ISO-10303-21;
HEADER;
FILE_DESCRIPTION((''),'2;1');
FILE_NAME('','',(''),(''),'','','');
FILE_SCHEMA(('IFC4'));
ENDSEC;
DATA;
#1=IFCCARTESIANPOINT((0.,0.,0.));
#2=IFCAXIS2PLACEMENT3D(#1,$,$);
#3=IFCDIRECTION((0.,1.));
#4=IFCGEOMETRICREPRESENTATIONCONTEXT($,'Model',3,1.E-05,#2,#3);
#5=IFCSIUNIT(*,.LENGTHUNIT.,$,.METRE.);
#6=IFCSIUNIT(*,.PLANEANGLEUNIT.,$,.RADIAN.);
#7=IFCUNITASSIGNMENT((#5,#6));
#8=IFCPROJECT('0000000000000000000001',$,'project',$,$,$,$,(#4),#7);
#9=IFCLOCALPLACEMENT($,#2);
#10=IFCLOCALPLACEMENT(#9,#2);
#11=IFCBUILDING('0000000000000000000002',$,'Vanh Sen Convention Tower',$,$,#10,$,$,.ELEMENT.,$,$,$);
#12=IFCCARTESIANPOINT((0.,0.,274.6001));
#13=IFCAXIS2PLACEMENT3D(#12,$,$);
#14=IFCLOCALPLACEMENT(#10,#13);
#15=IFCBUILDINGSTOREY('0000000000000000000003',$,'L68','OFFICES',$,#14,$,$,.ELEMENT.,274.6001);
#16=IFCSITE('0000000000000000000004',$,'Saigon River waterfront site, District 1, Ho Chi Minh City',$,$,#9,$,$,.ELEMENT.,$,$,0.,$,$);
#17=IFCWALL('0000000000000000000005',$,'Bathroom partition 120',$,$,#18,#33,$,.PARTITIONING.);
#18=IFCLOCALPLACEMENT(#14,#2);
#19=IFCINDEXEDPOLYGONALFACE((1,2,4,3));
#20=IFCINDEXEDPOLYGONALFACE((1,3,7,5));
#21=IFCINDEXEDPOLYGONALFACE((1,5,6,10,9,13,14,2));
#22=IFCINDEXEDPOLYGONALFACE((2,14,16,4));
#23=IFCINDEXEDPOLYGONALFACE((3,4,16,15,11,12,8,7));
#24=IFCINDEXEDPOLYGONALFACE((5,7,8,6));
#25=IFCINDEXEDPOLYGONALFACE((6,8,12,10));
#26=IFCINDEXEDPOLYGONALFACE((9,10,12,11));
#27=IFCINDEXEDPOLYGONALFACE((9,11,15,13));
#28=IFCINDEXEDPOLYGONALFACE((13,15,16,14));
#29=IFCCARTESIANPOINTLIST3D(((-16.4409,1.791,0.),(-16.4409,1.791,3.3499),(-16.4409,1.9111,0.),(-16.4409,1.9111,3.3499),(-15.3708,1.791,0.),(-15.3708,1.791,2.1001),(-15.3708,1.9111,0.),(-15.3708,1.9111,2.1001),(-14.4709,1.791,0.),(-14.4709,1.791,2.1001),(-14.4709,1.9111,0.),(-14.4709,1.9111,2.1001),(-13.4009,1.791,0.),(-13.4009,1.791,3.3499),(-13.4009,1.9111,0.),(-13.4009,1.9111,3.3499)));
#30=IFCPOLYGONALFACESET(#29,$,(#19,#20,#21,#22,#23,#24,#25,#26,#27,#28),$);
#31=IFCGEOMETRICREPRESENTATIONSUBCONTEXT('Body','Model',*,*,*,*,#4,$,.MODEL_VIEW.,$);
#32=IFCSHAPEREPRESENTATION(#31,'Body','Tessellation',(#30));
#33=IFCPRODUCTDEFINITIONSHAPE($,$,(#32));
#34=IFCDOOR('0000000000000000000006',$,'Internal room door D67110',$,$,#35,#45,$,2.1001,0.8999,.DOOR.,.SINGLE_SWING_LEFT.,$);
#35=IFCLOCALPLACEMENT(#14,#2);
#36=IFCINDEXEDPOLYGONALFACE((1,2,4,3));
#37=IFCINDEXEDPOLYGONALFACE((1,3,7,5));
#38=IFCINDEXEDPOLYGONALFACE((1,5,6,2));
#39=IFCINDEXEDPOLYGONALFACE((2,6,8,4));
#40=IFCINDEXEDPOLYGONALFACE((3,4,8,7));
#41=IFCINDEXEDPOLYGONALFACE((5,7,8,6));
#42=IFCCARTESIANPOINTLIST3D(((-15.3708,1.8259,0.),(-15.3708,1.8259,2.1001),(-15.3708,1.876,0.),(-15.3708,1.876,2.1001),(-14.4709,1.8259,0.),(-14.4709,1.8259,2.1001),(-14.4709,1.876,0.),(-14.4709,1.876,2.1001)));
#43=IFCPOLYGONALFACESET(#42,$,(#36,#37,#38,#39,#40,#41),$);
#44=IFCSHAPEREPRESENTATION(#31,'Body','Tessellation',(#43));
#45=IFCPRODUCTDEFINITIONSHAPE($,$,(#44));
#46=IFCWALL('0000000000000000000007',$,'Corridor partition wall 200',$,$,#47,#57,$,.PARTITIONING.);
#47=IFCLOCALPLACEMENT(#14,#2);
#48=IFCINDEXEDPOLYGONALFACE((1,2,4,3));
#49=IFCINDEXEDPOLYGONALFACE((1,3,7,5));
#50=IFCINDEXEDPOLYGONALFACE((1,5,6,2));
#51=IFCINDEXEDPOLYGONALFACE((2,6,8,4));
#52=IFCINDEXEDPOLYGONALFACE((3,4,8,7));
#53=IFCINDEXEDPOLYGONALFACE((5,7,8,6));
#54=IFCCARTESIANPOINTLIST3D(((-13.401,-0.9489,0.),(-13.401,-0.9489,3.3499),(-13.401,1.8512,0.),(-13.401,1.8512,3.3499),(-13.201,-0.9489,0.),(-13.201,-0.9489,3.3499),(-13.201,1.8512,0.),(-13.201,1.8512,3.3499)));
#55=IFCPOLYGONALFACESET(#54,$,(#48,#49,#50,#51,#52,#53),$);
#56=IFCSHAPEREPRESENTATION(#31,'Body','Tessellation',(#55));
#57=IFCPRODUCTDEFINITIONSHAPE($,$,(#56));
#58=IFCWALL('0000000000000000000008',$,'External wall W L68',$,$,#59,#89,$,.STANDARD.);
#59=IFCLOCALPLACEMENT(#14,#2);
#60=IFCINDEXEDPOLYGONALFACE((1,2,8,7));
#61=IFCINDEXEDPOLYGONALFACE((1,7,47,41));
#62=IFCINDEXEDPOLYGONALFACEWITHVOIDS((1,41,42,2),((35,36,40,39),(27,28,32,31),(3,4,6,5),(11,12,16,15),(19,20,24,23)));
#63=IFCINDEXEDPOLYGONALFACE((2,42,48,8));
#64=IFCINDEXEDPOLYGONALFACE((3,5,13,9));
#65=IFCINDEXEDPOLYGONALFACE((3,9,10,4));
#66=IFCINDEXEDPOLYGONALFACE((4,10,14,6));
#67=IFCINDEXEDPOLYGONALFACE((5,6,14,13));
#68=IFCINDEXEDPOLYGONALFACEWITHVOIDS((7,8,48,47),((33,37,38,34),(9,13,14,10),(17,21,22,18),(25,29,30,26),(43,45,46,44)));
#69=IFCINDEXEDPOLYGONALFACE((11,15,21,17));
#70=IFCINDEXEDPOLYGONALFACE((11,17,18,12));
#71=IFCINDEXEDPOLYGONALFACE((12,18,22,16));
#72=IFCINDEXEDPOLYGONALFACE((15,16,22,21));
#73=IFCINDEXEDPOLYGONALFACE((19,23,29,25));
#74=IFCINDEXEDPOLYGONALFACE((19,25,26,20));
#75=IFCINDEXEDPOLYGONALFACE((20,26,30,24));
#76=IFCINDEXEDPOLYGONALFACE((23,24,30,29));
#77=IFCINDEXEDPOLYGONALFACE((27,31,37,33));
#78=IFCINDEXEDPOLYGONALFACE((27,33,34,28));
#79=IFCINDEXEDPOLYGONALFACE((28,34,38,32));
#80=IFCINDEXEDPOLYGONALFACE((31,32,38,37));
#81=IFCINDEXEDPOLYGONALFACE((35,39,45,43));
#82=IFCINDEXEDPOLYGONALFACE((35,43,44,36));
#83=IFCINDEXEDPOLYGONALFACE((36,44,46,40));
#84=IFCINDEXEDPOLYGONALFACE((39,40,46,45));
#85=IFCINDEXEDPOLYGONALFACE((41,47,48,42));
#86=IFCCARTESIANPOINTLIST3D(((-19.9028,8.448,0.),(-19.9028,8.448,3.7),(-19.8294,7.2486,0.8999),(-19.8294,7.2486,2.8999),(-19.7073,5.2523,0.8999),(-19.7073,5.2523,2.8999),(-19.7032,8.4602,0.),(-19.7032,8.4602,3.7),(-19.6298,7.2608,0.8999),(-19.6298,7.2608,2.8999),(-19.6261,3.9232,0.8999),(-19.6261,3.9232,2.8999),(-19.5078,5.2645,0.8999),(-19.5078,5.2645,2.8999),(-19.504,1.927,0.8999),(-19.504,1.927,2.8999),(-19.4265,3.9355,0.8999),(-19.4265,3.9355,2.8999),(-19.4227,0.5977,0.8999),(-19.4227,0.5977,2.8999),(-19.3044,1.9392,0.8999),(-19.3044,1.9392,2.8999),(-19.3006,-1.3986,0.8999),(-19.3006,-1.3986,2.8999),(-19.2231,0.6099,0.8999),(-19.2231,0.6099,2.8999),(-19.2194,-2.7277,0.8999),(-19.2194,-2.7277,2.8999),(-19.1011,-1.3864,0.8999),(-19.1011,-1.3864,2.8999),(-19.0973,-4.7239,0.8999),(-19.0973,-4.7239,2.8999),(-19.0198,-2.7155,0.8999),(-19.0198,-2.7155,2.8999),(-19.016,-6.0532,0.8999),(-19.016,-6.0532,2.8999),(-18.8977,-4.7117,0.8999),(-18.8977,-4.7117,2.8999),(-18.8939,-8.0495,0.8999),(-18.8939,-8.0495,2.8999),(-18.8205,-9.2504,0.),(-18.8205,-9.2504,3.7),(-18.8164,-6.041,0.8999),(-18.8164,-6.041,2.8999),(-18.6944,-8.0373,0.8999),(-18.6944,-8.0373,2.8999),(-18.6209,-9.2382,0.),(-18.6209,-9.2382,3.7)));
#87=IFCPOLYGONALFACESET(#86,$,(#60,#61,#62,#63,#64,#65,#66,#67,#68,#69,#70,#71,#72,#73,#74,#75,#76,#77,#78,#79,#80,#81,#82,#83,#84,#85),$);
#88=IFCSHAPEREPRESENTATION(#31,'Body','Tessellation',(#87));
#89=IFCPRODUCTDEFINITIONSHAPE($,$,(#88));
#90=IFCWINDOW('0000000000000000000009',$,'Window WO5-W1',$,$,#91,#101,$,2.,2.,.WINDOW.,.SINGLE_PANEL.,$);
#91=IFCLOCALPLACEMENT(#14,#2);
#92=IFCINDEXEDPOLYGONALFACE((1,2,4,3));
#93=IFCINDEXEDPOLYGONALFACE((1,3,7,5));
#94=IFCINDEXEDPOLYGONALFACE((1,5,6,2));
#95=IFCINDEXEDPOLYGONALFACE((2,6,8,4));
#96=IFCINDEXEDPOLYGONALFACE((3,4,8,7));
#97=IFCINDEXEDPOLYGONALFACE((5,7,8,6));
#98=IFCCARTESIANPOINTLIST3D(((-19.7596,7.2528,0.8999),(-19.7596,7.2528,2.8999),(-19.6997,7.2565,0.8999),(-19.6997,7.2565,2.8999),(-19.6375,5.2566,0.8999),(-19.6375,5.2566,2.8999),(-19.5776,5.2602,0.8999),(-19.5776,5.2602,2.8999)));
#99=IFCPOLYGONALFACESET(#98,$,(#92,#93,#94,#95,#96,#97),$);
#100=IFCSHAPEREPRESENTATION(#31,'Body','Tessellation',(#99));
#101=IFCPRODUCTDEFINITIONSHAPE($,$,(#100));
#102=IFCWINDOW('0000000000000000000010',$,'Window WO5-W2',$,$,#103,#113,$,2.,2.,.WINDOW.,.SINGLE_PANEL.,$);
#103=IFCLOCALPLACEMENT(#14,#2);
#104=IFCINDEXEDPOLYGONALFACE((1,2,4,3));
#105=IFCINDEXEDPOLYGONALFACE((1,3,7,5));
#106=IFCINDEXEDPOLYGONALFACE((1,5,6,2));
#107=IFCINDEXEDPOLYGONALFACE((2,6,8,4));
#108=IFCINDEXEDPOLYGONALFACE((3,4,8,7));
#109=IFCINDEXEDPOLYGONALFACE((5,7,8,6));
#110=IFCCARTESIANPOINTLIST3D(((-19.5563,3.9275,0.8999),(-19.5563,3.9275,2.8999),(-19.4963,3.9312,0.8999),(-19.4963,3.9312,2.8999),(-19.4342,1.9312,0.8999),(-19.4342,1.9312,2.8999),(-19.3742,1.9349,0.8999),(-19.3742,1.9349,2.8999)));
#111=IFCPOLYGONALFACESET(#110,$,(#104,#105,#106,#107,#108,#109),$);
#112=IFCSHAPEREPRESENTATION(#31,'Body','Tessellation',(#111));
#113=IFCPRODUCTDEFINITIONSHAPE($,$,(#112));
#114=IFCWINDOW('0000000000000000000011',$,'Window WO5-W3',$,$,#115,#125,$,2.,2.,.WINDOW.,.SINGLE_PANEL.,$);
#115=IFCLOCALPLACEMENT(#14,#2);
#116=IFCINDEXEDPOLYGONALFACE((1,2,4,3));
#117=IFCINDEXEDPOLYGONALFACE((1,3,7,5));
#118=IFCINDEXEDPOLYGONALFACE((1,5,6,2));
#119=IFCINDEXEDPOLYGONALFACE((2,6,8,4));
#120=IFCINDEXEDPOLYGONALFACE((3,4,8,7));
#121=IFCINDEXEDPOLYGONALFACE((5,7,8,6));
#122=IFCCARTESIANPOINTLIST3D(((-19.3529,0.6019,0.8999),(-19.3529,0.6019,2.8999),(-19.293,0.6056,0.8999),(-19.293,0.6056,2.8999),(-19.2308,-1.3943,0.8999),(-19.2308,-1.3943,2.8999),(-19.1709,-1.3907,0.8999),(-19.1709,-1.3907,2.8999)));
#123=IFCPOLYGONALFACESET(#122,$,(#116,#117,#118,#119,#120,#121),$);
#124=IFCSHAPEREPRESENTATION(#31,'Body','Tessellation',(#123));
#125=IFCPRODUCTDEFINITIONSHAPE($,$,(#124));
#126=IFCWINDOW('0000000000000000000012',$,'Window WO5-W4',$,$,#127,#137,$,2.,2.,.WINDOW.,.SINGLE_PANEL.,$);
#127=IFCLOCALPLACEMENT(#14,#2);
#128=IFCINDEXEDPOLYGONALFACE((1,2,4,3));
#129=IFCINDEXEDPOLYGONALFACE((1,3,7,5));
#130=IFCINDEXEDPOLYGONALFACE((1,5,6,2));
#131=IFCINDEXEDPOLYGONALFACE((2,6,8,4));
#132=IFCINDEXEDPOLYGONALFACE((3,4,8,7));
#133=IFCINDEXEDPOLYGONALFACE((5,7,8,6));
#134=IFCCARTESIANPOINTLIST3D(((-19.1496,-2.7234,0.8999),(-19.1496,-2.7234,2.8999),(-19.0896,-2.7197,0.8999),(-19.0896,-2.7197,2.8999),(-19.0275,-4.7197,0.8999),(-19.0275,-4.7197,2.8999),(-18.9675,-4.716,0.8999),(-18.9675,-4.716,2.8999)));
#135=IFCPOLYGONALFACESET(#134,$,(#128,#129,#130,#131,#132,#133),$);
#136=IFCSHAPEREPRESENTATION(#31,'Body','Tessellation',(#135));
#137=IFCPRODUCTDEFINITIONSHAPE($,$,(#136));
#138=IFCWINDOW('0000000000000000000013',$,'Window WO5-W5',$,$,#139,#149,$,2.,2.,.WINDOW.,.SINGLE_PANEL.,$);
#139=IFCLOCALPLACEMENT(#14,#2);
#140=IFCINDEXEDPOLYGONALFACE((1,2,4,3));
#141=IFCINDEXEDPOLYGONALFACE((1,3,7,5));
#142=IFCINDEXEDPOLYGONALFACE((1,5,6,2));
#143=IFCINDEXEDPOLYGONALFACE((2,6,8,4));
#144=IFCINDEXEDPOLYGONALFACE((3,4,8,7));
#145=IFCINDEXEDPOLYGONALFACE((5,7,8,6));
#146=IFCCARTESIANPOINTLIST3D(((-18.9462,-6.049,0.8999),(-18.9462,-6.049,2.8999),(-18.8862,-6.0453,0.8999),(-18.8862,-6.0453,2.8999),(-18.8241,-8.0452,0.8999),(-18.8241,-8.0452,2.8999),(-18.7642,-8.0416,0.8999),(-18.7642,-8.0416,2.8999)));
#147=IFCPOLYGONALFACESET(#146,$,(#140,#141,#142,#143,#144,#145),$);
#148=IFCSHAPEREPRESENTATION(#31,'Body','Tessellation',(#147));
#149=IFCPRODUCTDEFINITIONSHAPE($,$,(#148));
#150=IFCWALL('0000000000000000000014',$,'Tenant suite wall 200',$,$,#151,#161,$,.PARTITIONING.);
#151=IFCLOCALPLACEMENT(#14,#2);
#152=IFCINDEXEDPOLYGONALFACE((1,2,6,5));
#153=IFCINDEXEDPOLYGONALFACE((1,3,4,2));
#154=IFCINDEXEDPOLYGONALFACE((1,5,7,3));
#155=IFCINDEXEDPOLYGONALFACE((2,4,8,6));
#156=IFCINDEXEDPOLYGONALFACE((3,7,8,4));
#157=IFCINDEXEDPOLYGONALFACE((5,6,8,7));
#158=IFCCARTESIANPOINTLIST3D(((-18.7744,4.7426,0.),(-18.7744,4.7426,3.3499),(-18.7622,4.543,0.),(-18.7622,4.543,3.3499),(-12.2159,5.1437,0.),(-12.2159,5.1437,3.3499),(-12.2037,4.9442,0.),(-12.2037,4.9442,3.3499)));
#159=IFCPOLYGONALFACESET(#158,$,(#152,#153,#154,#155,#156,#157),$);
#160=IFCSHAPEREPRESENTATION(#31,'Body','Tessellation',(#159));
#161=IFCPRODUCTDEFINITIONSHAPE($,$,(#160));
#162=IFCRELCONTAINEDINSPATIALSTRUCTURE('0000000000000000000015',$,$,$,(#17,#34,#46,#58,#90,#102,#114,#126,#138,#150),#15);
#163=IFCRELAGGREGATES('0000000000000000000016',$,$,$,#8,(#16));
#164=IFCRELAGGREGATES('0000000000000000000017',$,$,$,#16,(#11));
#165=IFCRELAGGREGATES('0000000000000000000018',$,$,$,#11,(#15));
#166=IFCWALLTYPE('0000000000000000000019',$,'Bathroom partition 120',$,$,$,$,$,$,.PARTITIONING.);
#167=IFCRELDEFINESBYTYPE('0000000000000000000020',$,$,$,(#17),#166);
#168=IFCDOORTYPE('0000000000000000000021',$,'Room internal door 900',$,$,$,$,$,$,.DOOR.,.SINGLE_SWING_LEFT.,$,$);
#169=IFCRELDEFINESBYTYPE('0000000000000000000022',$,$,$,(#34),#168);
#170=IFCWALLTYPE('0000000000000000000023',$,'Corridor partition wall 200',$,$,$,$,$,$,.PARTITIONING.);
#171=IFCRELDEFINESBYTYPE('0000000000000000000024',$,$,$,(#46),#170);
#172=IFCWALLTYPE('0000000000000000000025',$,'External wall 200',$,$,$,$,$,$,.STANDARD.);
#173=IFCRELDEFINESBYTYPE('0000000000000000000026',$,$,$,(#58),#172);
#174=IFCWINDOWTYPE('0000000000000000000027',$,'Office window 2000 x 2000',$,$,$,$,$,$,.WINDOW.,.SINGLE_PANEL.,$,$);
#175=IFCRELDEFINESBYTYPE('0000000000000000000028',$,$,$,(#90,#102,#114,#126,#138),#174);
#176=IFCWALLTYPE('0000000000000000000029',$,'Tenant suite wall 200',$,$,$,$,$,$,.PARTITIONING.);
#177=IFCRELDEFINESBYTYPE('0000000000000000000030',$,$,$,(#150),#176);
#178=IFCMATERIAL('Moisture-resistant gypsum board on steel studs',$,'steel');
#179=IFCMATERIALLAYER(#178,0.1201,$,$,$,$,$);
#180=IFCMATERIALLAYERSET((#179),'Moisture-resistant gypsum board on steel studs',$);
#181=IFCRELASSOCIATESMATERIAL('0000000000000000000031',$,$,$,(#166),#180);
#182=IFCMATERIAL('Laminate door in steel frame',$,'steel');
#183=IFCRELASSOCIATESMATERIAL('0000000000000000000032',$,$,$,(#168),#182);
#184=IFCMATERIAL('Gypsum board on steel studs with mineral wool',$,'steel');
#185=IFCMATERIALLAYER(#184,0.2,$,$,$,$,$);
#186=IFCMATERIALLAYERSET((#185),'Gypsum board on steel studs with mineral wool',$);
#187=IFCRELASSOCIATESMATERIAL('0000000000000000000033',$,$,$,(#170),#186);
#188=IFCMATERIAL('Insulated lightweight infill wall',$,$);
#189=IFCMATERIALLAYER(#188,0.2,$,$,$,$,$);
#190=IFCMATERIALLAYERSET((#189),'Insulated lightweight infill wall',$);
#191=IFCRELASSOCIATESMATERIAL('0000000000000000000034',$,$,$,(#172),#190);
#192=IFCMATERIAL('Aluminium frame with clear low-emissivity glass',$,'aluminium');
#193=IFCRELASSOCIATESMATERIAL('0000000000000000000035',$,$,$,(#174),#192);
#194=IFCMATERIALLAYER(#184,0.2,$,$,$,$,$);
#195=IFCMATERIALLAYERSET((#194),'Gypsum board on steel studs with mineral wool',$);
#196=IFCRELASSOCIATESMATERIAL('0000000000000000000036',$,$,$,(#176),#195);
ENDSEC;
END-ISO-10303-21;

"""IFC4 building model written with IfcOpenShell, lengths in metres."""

from ifc_helpers import new_model, si_unit, direction, frame, frame_2d, origin, place, context, subcontext, project, spatial, rectangle, extrude, material, layer, layer_set, type_object, element, fill, save


model = new_model("IFC4")

# Units and contexts
model_context = context("Model", 3, precision=1e-05, world=origin(), true_north=direction((0.0, 1.0)))
body_context = subcontext(model_context, "Body", "Model", "MODEL_VIEW")
ifc_project = project(units=[si_unit("LENGTHUNIT", "METRE"), si_unit("PLANEANGLEUNIT", "RADIAN")], contexts=[model_context])

# Site, building, storey
site_placement = place(None, origin())
site = spatial("IfcSite", under=ifc_project, at=site_placement, Name="Saigon River waterfront site, District 1, Ho Chi Minh City", CompositionType="ELEMENT", RefElevation=0.0)
building_placement = place(site_placement, origin())
building = spatial("IfcBuilding", under=site, at=building_placement, Name="Vanh Sen Convention Tower", CompositionType="ELEMENT")
storey_placement = place(building_placement, frame((0.0, 0.0, 274.6001)))
storey = spatial("IfcBuildingStorey", under=building, at=storey_placement, Name="L68", Description="OFFICES", CompositionType="ELEMENT", Elevation=274.6001)

# Wall, opening, door
ifc_material_1 = material(Name="Moisture-resistant gypsum board on steel studs", Category="steel")
ifc_layer_1 = layer(ifc_material_1, 0.1201)
ifc_layer_set_1 = layer_set([ifc_layer_1], Name="Moisture-resistant gypsum board on steel studs")
wall_type_1 = type_object("IfcWallType", Name="Bathroom partition 120", PredefinedType="PARTITIONING", material=ifc_layer_set_1)
wall_1_placement = place(storey_placement, frame((-16.4409, 1.8511, 0.0), z_axis=(0.0, 0.0, 1.0), x_axis=(1.0, 0.0, 0.0)))
wall_1 = element("IfcWall", 1, at=wall_1_placement, inside=storey, type_object=wall_type_1, Name="Bathroom partition 120", PredefinedType="PARTITIONING", context=body_context, shape_type="SweptSolid", body=[
    extrude(rectangle(XDim=3.04, YDim=0.1201, at=frame_2d((1.52, 0.0))), origin(), (0.0, 0.0, 1.0), 3.3499),
])
opening_1_placement = place(wall_1_placement, frame((1.0701, 0.0, 0.0)))
opening_1 = element("IfcOpeningElement", 2, at=opening_1_placement, cuts=wall_1, PredefinedType="OPENING", context=body_context, shape_type="SweptSolid", body=[
    extrude(rectangle(XDim=0.8999, YDim=2.1001, at=frame_2d((0.45, 1.05))), frame((0.0, 0.0701, 0.0), z_axis=(0.0, -1.0, 0.0), x_axis=(1.0, 0.0, 0.0)), (0.0, 0.0, 1.0), 0.1401),
])
ifc_material_2 = material(Name="Laminate door in steel frame", Category="steel")
door_type = type_object("IfcDoorType", Name="Room internal door 900", OperationType="SINGLE_SWING_LEFT", PredefinedType="DOOR", material=ifc_material_2)
door_placement = place(opening_1_placement, origin())
door = element("IfcDoor", 3, at=door_placement, inside=storey, type_object=door_type, Name="Internal room door D67110", OperationType="SINGLE_SWING_LEFT", OverallHeight=2.1001, OverallWidth=0.8999, PredefinedType="DOOR", context=body_context, shape_type="SweptSolid", body=[
    extrude(rectangle(XDim=0.8999, YDim=2.1001, at=frame_2d((0.45, 1.05))), frame((0.0, 0.0249, 0.0), z_axis=(0.0, -1.0, 0.0), x_axis=(1.0, 0.0, 0.0)), (0.0, 0.0, 1.0), 0.05),
])
fill(opening_1, door)

# Wall
ifc_material_3 = material(Name="Gypsum board on steel studs with mineral wool", Category="steel")
ifc_layer_2 = layer(ifc_material_3, 0.2)
ifc_layer_set_2 = layer_set([ifc_layer_2], Name="Gypsum board on steel studs with mineral wool")
wall_type_2 = type_object("IfcWallType", Name="Corridor partition wall 200", PredefinedType="PARTITIONING", material=ifc_layer_set_2)
wall_2_placement = place(storey_placement, frame((-13.301, 1.8511, 0.0), z_axis=(0.0, 0.0, 1.0), x_axis=(0.0, -1.0, 0.0)))
element("IfcWall", 4, at=wall_2_placement, inside=storey, type_object=wall_type_2, Name="Corridor partition wall 200", PredefinedType="PARTITIONING", context=body_context, shape_type="SweptSolid", body=[
    extrude(rectangle(XDim=2.8, YDim=0.2, at=frame_2d((1.3999, 0.0))), origin(), (0.0, 0.0, 1.0), 3.3499),
])

# Wall, openings, windows
ifc_material_4 = material(Name="Insulated lightweight infill wall")
ifc_layer_3 = layer(ifc_material_4, 0.2)
ifc_layer_set_3 = layer_set([ifc_layer_3], Name="Insulated lightweight infill wall")
wall_type_3 = type_object("IfcWallType", Name="External wall 200", PredefinedType="STANDARD", material=ifc_layer_set_3)
wall_3_placement = place(storey_placement, frame((-19.803, 8.4541, 0.0), z_axis=(0.0, 0.0, 1.0), x_axis=(0.061037, -0.998136, 0.0)))
wall_3 = element("IfcWall", 5, at=wall_3_placement, inside=storey, type_object=wall_type_3, Name="External wall W L68", PredefinedType="STANDARD", context=body_context, shape_type="SweptSolid", body=[
    extrude(rectangle(XDim=17.7314, YDim=0.2, at=frame_2d((8.8657, 0.0))), origin(), (0.0, 0.0, 1.0), 3.7),
])
opening_2_placement = place(wall_3_placement, frame((1.2017, 0.0, 0.8999)))
opening_2 = element("IfcOpeningElement", 6, at=opening_2_placement, cuts=wall_3, PredefinedType="OPENING", context=body_context, shape_type="SweptSolid", body=[
    extrude(rectangle(XDim=2.0, YDim=2.0, at=frame_2d((1.0, 1.0))), frame((0.0, 0.1099, 0.0), z_axis=(0.0, -1.0, 0.0), x_axis=(1.0, 0.0, 0.0)), (0.0, 0.0, 1.0), 0.22),
])
opening_3_placement = place(wall_3_placement, frame((4.5332, 0.0, 0.8999)))
opening_3 = element("IfcOpeningElement", 7, at=opening_3_placement, cuts=wall_3, PredefinedType="OPENING", context=body_context, shape_type="SweptSolid", body=[
    extrude(rectangle(XDim=2.0, YDim=2.0, at=frame_2d((1.0, 1.0))), frame((0.0, 0.1099, 0.0), z_axis=(0.0, -1.0, 0.0), x_axis=(1.0, 0.0, 0.0)), (0.0, 0.0, 1.0), 0.22),
])
opening_4_placement = place(wall_3_placement, frame((7.865, 0.0, 0.8999)))
opening_4 = element("IfcOpeningElement", 8, at=opening_4_placement, cuts=wall_3, PredefinedType="OPENING", context=body_context, shape_type="SweptSolid", body=[
    extrude(rectangle(XDim=2.0, YDim=2.0, at=frame_2d((1.0, 1.0))), frame((0.0, 0.1099, 0.0), z_axis=(0.0, -1.0, 0.0), x_axis=(1.0, 0.0, 0.0)), (0.0, 0.0, 1.0), 0.22),
])
opening_5_placement = place(wall_3_placement, frame((11.1965, 0.0, 0.8999)))
opening_5 = element("IfcOpeningElement", 9, at=opening_5_placement, cuts=wall_3, PredefinedType="OPENING", context=body_context, shape_type="SweptSolid", body=[
    extrude(rectangle(XDim=2.0, YDim=2.0, at=frame_2d((1.0, 1.0))), frame((0.0, 0.1099, 0.0), z_axis=(0.0, -1.0, 0.0), x_axis=(1.0, 0.0, 0.0)), (0.0, 0.0, 1.0), 0.22),
])
opening_6_placement = place(wall_3_placement, frame((14.5283, 0.0, 0.8999)))
opening_6 = element("IfcOpeningElement", 10, at=opening_6_placement, cuts=wall_3, PredefinedType="OPENING", context=body_context, shape_type="SweptSolid", body=[
    extrude(rectangle(XDim=2.0, YDim=2.0, at=frame_2d((1.0, 1.0))), frame((0.0, 0.1099, 0.0), z_axis=(0.0, -1.0, 0.0), x_axis=(1.0, 0.0, 0.0)), (0.0, 0.0, 1.0), 0.22),
])
ifc_material_5 = material(Name="Aluminium frame with clear low-emissivity glass", Category="aluminium")
window_type = type_object("IfcWindowType", Name="Office window 2000 x 2000", PartitioningType="SINGLE_PANEL", PredefinedType="WINDOW", material=ifc_material_5)
window_1_placement = place(opening_2_placement, origin())
window_1 = element("IfcWindow", 11, at=window_1_placement, inside=storey, type_object=window_type, Name="Window WO5-W1", OverallHeight=2.0, OverallWidth=2.0, PartitioningType="SINGLE_PANEL", PredefinedType="WINDOW", context=body_context, shape_type="SweptSolid", body=[
    extrude(rectangle(XDim=2.0, YDim=2.0, at=frame_2d((1.0, 1.0))), frame((0.0, 0.03, 0.0), z_axis=(0.0, -1.0, 0.0), x_axis=(1.0, 0.0, 0.0)), (0.0, 0.0, 1.0), 0.0601),
])
fill(opening_2, window_1)
window_2_placement = place(opening_3_placement, origin())
window_2 = element("IfcWindow", 12, at=window_2_placement, inside=storey, type_object=window_type, Name="Window WO5-W2", OverallHeight=2.0, OverallWidth=2.0, PartitioningType="SINGLE_PANEL", PredefinedType="WINDOW", context=body_context, shape_type="SweptSolid", body=[
    extrude(rectangle(XDim=2.0, YDim=2.0, at=frame_2d((1.0, 1.0))), frame((0.0, 0.03, 0.0), z_axis=(0.0, -1.0, 0.0), x_axis=(1.0, 0.0, 0.0)), (0.0, 0.0, 1.0), 0.0601),
])
fill(opening_3, window_2)
window_3_placement = place(opening_4_placement, origin())
window_3 = element("IfcWindow", 13, at=window_3_placement, inside=storey, type_object=window_type, Name="Window WO5-W3", OverallHeight=2.0, OverallWidth=2.0, PartitioningType="SINGLE_PANEL", PredefinedType="WINDOW", context=body_context, shape_type="SweptSolid", body=[
    extrude(rectangle(XDim=2.0, YDim=2.0, at=frame_2d((1.0, 1.0))), frame((0.0, 0.03, 0.0), z_axis=(0.0, -1.0, 0.0), x_axis=(1.0, 0.0, 0.0)), (0.0, 0.0, 1.0), 0.0601),
])
fill(opening_4, window_3)
window_4_placement = place(opening_5_placement, origin())
window_4 = element("IfcWindow", 14, at=window_4_placement, inside=storey, type_object=window_type, Name="Window WO5-W4", OverallHeight=2.0, OverallWidth=2.0, PartitioningType="SINGLE_PANEL", PredefinedType="WINDOW", context=body_context, shape_type="SweptSolid", body=[
    extrude(rectangle(XDim=2.0, YDim=2.0, at=frame_2d((1.0, 1.0))), frame((0.0, 0.03, 0.0), z_axis=(0.0, -1.0, 0.0), x_axis=(1.0, 0.0, 0.0)), (0.0, 0.0, 1.0), 0.0601),
])
fill(opening_5, window_4)
window_5_placement = place(opening_6_placement, origin())
window_5 = element("IfcWindow", 15, at=window_5_placement, inside=storey, type_object=window_type, Name="Window WO5-W5", OverallHeight=2.0, OverallWidth=2.0, PartitioningType="SINGLE_PANEL", PredefinedType="WINDOW", context=body_context, shape_type="SweptSolid", body=[
    extrude(rectangle(XDim=2.0, YDim=2.0, at=frame_2d((1.0, 1.0))), frame((0.0, 0.03, 0.0), z_axis=(0.0, -1.0, 0.0), x_axis=(1.0, 0.0, 0.0)), (0.0, 0.0, 1.0), 0.0601),
])
fill(opening_6, window_5)

# Wall
ifc_layer_4 = layer(ifc_material_3, 0.2)
ifc_layer_set_4 = layer_set([ifc_layer_4], Name="Gypsum board on steel studs with mineral wool")
wall_type_4 = type_object("IfcWallType", Name="Tenant suite wall 200", PredefinedType="PARTITIONING", material=ifc_layer_set_4)
wall_4_placement = place(storey_placement, frame((-18.7683, 4.6428, 0.0), z_axis=(0.0, 0.0, 1.0), x_axis=(0.998135, 0.061046, 0.0)))
element("IfcWall", 16, at=wall_4_placement, inside=storey, type_object=wall_type_4, Name="Tenant suite wall 200", PredefinedType="PARTITIONING", context=body_context, shape_type="SweptSolid", body=[
    extrude(rectangle(XDim=6.5708, YDim=0.2, at=frame_2d((3.2854, 0.0))), origin(), (0.0, 0.0, 1.0), 3.3499),
])

save(model, "model.ifc")
